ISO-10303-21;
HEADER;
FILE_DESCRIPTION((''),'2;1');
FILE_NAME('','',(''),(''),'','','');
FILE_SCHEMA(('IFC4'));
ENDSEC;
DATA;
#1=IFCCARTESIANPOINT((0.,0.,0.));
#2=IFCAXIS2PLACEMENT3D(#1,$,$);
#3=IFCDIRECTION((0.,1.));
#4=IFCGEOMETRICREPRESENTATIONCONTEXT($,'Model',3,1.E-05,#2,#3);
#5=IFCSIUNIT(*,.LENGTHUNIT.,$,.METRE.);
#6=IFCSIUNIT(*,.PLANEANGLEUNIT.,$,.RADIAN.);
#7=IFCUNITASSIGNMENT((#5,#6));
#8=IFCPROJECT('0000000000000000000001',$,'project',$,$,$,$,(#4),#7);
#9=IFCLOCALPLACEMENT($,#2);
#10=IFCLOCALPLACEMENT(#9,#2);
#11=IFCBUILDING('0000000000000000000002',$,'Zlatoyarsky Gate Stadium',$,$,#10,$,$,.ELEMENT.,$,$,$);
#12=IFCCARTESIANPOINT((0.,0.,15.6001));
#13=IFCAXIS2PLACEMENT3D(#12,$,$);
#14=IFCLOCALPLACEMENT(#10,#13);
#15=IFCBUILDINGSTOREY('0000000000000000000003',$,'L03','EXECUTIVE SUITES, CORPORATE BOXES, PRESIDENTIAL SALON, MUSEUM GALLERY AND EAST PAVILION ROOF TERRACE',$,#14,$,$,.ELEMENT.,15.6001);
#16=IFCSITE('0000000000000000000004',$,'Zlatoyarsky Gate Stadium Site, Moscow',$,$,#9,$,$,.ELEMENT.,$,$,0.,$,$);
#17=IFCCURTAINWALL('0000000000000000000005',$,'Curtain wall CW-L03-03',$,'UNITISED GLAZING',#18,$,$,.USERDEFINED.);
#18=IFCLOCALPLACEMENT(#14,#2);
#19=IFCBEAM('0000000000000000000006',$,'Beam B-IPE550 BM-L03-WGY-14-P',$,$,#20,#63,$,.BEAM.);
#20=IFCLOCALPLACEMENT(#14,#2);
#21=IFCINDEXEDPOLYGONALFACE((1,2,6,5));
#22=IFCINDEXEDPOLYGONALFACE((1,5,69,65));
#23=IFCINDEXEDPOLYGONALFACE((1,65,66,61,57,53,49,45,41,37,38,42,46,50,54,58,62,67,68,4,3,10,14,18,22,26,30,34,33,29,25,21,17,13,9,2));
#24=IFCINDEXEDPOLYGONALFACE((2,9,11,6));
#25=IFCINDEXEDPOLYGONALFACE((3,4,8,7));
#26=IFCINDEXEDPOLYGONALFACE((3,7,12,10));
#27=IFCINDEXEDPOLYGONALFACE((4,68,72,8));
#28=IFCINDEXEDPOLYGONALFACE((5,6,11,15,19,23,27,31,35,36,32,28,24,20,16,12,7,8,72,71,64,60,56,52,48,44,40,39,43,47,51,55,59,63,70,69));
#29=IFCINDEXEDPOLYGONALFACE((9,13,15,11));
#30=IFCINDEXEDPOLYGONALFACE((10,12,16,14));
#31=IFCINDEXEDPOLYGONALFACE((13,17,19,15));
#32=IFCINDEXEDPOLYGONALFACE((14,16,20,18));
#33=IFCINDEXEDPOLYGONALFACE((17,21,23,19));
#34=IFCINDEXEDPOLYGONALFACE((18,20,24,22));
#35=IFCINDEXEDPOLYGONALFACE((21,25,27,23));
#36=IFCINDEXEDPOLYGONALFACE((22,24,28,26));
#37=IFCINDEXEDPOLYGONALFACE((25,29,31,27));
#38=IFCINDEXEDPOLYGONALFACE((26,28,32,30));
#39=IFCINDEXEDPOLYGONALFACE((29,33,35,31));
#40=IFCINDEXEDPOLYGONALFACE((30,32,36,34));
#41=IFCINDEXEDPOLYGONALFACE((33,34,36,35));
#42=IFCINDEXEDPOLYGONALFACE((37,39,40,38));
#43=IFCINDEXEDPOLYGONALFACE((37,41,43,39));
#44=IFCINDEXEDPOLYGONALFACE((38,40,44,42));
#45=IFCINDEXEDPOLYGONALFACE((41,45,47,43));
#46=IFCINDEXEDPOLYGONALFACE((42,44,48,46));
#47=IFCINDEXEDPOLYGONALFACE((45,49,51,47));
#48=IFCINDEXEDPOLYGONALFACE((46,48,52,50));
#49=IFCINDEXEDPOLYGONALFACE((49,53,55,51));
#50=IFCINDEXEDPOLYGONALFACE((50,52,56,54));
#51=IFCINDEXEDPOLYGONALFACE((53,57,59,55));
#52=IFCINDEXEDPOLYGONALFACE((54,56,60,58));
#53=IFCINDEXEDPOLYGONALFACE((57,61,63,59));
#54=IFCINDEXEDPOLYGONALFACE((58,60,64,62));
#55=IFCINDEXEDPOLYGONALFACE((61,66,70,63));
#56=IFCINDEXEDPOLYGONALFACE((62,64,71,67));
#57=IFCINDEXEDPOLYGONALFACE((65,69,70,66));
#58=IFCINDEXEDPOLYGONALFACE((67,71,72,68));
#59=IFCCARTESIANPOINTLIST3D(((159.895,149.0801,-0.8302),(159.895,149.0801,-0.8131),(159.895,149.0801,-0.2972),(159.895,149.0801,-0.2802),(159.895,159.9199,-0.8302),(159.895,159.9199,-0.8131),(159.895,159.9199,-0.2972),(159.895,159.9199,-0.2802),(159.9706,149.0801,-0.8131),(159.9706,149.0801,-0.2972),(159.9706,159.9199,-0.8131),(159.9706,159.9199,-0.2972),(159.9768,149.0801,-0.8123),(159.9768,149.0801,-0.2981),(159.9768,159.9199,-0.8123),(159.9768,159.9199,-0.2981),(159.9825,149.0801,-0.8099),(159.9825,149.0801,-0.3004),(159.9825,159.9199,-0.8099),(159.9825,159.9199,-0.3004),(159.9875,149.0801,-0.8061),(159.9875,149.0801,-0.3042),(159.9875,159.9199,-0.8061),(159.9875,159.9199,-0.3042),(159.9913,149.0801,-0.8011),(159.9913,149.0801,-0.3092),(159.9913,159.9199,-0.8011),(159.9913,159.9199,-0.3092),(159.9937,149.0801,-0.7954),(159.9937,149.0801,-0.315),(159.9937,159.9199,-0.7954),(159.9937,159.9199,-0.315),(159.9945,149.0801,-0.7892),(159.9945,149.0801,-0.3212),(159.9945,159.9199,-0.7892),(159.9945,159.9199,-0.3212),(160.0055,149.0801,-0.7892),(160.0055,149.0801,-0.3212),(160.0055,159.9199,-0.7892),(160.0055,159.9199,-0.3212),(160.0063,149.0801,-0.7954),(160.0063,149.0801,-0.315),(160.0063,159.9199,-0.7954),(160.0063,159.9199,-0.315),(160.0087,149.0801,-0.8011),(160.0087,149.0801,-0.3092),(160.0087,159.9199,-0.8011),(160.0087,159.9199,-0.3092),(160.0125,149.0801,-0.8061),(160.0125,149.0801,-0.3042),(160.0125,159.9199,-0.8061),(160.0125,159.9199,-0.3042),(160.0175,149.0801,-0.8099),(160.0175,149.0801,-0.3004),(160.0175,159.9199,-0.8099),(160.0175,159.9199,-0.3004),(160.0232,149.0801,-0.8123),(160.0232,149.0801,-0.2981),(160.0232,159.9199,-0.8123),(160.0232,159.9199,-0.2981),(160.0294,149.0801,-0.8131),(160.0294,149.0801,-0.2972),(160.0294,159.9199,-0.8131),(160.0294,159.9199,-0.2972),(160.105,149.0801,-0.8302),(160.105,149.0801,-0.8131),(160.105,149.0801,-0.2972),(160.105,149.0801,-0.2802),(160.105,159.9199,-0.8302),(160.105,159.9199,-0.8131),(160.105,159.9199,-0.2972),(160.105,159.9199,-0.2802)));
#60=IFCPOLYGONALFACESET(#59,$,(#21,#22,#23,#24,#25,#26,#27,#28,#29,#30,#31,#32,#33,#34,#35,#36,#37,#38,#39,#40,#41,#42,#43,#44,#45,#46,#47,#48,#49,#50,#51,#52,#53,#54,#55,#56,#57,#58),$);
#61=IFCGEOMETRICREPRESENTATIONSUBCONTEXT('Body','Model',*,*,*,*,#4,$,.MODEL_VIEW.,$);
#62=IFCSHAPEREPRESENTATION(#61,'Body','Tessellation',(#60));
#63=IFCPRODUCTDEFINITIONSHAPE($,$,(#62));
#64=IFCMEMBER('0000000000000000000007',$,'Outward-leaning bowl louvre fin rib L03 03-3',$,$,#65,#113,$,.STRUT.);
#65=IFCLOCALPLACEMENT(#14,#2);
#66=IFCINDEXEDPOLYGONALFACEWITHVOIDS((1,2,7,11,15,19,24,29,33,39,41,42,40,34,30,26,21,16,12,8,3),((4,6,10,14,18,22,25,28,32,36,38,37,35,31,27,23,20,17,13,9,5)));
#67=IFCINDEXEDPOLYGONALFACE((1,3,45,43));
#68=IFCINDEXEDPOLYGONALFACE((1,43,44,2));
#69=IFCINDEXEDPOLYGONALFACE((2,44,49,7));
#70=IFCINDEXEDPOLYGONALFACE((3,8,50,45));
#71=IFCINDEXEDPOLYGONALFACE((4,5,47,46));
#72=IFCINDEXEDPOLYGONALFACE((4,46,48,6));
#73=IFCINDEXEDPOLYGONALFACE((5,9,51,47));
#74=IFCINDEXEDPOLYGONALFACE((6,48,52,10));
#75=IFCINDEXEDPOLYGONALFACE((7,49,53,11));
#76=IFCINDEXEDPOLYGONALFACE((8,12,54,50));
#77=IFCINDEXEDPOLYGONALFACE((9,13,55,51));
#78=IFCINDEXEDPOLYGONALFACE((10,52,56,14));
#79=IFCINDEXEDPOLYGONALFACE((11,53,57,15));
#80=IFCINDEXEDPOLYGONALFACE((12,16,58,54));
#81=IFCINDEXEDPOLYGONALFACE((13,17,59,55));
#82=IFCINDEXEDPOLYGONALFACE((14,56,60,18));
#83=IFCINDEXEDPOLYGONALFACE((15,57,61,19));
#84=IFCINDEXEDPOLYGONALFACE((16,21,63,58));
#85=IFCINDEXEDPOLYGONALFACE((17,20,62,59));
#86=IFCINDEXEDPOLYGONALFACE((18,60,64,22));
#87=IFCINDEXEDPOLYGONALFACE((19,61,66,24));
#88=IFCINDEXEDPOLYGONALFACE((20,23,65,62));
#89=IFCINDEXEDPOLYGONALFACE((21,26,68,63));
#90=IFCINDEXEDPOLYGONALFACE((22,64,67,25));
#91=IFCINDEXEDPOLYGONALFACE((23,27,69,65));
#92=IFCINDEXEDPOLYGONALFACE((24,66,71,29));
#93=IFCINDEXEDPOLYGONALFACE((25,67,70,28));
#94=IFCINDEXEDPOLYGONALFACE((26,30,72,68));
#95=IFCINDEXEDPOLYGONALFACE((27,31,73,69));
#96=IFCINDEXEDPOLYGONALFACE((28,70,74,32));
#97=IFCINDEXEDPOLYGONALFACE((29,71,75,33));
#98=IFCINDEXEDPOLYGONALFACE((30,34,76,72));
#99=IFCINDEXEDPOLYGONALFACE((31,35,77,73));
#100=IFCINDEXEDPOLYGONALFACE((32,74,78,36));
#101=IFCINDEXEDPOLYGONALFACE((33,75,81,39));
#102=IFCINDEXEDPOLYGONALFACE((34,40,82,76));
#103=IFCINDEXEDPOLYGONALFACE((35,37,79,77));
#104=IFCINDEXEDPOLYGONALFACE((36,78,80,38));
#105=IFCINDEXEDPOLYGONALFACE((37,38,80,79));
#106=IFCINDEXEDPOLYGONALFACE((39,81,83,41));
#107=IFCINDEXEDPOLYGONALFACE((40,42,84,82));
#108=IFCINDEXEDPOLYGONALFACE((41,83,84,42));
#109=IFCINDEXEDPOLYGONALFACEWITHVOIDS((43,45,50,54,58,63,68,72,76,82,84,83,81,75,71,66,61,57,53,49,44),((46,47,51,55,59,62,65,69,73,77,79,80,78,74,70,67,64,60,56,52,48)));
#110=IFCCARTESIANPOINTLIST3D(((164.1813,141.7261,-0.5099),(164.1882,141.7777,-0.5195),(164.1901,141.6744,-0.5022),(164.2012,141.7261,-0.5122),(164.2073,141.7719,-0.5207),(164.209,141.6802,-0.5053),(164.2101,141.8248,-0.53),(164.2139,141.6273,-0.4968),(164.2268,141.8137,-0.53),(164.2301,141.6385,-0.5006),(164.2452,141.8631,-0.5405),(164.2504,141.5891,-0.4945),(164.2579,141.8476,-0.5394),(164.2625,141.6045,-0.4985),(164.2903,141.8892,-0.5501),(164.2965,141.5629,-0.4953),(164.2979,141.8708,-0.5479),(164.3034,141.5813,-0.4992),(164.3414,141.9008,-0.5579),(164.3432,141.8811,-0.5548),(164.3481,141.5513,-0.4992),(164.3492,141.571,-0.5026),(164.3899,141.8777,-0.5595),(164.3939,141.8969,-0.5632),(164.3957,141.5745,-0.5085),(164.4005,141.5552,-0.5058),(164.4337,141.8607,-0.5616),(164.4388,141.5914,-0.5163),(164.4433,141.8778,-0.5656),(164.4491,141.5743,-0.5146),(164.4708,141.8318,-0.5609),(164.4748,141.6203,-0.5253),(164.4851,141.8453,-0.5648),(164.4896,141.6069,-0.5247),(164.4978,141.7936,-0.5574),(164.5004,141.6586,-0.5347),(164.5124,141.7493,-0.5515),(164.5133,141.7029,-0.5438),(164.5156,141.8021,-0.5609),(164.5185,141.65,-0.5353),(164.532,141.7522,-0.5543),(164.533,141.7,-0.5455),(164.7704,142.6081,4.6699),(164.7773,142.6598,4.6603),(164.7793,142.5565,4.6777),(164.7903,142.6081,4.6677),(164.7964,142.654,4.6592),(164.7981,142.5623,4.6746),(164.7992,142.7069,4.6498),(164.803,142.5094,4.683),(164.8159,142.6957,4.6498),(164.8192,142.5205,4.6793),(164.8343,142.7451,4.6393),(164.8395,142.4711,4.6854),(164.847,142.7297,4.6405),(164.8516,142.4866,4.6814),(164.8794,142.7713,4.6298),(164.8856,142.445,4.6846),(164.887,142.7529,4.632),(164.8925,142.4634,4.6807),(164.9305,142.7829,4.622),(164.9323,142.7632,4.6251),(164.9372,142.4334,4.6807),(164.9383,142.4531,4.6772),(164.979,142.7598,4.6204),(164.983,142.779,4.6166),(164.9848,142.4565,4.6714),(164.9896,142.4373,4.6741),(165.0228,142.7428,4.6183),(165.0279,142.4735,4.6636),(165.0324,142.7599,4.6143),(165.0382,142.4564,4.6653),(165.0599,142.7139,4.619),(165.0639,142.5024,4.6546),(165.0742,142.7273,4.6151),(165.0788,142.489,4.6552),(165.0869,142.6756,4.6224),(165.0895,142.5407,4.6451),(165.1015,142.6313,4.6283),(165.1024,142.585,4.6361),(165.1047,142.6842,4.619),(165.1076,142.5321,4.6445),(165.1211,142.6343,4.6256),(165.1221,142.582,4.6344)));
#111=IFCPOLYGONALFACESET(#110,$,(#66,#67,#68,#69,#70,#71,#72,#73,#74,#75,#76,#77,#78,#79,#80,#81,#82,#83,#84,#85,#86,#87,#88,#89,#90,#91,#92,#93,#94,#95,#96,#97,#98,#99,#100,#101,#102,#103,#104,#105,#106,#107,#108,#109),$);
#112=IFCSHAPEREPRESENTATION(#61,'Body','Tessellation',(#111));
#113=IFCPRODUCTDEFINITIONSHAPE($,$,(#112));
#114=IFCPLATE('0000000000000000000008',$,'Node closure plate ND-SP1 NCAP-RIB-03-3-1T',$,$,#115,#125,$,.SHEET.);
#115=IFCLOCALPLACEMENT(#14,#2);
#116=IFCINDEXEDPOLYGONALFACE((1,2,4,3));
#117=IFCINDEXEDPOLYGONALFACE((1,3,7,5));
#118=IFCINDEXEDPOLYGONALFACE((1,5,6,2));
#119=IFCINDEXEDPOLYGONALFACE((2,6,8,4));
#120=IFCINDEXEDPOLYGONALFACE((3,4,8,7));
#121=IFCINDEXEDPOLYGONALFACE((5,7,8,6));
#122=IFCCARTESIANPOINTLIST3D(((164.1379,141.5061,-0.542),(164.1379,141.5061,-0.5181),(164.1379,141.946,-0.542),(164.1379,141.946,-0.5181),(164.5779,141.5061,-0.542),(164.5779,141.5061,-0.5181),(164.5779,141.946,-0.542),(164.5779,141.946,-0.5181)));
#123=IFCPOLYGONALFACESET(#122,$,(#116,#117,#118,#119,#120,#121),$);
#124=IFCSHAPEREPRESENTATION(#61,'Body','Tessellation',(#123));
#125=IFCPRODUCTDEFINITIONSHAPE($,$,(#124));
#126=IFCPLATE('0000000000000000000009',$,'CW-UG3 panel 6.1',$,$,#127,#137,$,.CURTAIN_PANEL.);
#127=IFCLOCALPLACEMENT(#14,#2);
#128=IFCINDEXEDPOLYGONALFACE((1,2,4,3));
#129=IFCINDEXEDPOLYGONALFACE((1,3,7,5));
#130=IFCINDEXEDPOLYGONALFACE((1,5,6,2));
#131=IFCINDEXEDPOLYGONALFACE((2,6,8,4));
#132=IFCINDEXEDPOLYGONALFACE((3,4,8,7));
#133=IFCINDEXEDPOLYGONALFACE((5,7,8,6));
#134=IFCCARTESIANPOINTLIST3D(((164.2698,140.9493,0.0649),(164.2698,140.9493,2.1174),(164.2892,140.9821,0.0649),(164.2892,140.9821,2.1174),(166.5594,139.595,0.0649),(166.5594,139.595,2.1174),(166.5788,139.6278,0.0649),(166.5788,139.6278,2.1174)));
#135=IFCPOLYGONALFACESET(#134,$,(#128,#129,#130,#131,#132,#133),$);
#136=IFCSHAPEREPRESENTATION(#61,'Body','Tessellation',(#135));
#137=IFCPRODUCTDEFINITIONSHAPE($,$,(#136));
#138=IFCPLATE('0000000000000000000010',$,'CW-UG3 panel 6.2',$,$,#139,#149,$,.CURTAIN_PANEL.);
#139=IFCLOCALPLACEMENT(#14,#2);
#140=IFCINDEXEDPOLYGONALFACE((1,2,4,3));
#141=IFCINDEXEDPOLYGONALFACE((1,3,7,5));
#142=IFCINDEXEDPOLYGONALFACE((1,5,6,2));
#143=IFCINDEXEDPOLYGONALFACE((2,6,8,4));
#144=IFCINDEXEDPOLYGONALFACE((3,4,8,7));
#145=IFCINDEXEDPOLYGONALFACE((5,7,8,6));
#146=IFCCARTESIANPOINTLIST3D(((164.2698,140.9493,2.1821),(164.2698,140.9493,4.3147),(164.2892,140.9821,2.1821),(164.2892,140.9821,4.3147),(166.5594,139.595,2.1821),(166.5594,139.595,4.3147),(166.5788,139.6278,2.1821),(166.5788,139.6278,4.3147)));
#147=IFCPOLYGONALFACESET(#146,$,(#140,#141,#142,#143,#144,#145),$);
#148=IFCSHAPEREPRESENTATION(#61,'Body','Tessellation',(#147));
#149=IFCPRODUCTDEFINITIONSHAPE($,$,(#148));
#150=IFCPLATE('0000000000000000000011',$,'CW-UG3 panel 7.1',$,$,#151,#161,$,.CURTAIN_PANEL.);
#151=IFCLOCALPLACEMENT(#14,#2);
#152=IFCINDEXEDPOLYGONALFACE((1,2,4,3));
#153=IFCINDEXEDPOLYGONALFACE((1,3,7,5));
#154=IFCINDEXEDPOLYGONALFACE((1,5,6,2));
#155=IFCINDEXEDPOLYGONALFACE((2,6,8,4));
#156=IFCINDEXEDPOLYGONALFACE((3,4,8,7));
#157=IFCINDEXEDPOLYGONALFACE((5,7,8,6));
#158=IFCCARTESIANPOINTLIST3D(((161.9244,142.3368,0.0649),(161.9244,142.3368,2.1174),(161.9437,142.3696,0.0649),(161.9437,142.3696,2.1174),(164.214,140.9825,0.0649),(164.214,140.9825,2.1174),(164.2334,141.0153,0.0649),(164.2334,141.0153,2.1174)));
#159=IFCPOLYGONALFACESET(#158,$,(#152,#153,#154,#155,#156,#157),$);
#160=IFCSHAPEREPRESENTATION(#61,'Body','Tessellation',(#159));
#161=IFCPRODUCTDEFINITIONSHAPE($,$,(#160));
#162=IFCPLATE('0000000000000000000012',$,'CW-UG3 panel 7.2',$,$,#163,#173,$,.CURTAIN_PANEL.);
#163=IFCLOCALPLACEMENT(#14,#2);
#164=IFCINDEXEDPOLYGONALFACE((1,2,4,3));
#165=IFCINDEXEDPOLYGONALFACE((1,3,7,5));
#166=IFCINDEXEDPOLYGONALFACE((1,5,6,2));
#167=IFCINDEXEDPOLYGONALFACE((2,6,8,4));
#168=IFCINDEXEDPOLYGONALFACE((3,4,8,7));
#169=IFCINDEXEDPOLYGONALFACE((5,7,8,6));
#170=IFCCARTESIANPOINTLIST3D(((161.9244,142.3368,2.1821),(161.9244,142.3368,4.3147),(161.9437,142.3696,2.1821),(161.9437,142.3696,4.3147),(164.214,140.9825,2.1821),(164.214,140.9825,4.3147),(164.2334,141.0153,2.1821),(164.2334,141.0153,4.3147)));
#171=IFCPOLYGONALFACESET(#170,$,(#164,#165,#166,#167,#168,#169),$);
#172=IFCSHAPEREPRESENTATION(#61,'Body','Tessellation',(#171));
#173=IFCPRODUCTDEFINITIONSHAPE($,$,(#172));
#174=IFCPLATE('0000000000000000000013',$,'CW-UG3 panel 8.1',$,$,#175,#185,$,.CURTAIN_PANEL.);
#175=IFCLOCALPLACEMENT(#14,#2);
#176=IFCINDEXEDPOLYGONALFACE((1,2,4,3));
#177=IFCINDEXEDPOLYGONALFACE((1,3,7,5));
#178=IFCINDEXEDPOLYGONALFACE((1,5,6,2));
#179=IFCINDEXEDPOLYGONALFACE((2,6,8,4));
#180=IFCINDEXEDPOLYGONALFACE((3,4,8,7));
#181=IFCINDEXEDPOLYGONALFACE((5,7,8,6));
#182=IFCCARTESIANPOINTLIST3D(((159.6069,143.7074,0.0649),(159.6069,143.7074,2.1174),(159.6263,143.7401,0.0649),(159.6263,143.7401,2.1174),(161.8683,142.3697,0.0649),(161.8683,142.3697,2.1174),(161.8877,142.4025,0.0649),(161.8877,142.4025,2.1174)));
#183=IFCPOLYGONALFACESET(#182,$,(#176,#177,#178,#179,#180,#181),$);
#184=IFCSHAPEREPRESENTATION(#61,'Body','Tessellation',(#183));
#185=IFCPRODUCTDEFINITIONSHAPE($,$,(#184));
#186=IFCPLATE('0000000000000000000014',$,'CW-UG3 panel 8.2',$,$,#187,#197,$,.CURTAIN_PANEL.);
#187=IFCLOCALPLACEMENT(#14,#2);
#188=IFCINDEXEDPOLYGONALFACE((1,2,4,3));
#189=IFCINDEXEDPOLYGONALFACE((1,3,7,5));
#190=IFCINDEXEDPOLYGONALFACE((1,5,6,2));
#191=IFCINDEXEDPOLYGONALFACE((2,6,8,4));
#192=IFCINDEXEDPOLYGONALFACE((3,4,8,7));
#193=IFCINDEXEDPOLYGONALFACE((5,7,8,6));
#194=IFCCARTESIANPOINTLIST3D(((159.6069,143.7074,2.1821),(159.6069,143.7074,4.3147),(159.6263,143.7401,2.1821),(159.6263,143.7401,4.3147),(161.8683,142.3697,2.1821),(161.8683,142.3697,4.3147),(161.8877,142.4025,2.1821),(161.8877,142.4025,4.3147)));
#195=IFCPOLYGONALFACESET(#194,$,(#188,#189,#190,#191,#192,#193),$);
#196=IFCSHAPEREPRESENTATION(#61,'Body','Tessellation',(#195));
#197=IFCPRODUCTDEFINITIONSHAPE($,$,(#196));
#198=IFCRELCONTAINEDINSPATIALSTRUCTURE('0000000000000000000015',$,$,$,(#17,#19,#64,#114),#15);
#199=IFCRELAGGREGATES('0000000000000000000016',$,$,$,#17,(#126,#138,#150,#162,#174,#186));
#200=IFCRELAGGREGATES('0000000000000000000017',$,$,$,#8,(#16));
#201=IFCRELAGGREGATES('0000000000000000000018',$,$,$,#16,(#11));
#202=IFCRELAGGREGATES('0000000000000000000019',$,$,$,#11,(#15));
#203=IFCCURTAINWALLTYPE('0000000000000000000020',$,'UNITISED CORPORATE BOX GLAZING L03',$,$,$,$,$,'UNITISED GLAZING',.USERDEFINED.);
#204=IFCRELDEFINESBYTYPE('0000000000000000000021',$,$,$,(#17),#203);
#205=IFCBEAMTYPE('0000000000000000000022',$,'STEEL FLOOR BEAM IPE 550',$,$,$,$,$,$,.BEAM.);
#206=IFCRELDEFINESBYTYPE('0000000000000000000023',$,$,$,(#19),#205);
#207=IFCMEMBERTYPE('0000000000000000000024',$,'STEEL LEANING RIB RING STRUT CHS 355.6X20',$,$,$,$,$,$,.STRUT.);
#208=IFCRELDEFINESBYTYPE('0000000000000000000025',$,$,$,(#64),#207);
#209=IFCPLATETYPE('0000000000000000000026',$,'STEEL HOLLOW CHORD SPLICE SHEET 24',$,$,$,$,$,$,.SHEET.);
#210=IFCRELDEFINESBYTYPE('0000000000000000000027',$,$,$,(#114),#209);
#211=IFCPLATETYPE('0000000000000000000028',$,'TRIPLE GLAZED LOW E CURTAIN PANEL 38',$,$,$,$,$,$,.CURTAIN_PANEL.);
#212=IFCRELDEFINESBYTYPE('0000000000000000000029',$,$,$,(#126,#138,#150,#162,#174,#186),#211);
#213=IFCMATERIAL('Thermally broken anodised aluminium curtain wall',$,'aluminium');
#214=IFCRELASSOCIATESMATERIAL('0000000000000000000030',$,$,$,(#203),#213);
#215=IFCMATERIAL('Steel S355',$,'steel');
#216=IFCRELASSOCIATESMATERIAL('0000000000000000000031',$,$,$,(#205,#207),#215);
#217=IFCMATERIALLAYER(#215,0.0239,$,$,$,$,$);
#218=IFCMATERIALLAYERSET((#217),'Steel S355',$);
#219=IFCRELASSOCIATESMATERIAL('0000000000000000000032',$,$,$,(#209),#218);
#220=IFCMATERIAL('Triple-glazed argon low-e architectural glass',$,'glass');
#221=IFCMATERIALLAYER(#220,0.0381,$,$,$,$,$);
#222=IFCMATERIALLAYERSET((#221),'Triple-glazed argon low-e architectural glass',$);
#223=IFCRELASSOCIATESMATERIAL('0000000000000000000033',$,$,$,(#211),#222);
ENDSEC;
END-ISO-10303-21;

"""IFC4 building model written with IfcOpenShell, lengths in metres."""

from ifc_helpers import new_model, si_unit, direction, frame, origin, origin_2d, place, context, subcontext, project, spatial, rectangle, hollow_circle, i_section, extrude, material, layer, layer_set, material_profile, profile_set, type_object, element, aggregate, save


model = new_model("IFC4")

# Units and contexts
model_context = context("Model", 3, precision=1e-05, world=origin(), true_north=direction((0.0, 1.0)))
body_context = subcontext(model_context, "Body", "Model", "MODEL_VIEW")
ifc_project = project(units=[si_unit("LENGTHUNIT", "METRE"), si_unit("PLANEANGLEUNIT", "RADIAN")], contexts=[model_context])

# Site, building, storey
site_placement = place(None, origin())
site = spatial("IfcSite", under=ifc_project, at=site_placement, Name="Zlatoyarsky Gate Stadium Site, Moscow", CompositionType="ELEMENT", RefElevation=0.0)
building_placement = place(site_placement, origin())
building = spatial("IfcBuilding", under=site, at=building_placement, Name="Zlatoyarsky Gate Stadium", CompositionType="ELEMENT")
storey_placement = place(building_placement, frame((0.0, 0.0, 15.6001)))
storey = spatial("IfcBuildingStorey", under=building, at=storey_placement, Name="L03", Description="EXECUTIVE SUITES, CORPORATE BOXES, PRESIDENTIAL SALON, MUSEUM GALLERY AND EAST PAVILION ROOF TERRACE", CompositionType="ELEMENT", Elevation=15.6001)

# Shared definitions
ifc_material_1 = material(Name="Steel S355", Category="steel")

# Curtain wall
ifc_material_2 = material(Name="Thermally broken anodised aluminium curtain wall", Category="aluminium")
curtain_wall_type = type_object("IfcCurtainWallType", Name="UNITISED CORPORATE BOX GLAZING L03", ElementType="UNITISED GLAZING", PredefinedType="USERDEFINED", material=ifc_material_2)
curtain_wall_placement = place(storey_placement, origin())
curtain_wall = element("IfcCurtainWall", 1, at=curtain_wall_placement, inside=storey, type_object=curtain_wall_type, Name="Curtain wall CW-L03-03", ObjectType="UNITISED GLAZING", PredefinedType="USERDEFINED")

# Beam
ifc_material_profile_1 = material_profile(ifc_material_1, i_section(OverallWidth=0.21, OverallDepth=0.55, WebThickness=0.011, FlangeThickness=0.0171, FilletRadius=0.0239, at=origin_2d()), Name="IPE 550")
ifc_profile_set_1 = profile_set([ifc_material_profile_1], Name="Steel S355")
beam_type = type_object("IfcBeamType", Name="STEEL FLOOR BEAM IPE 550", PredefinedType="BEAM", material=ifc_profile_set_1)
beam_placement = place(storey_placement, frame((160.0, 149.0801, -0.5552), z_axis=(0.0, 1.0, 0.0), x_axis=(-1.0, 0.0, 0.0)))
element("IfcBeam", 2, at=beam_placement, inside=storey, type_object=beam_type, Name="Beam B-IPE550 BM-L03-WGY-14-P", PredefinedType="BEAM", context=body_context, shape_type="SweptSolid", body=[
    extrude(i_section(OverallWidth=0.21, OverallDepth=0.55, WebThickness=0.011, FlangeThickness=0.0171, FilletRadius=0.0239, at=origin_2d()), origin(), (0.0, 0.0, 1.0), 10.8398),
])

# Member
ifc_material_profile_2 = material_profile(ifc_material_1, hollow_circle(Radius=0.1777, WallThickness=0.02, at=origin_2d()), Name="CHS 355.6X20")
ifc_profile_set_2 = profile_set([ifc_material_profile_2], Name="Steel S355")
member_type_1 = type_object("IfcMemberType", Name="STEEL LEANING RIB RING STRUT CHS 355.6X20", PredefinedType="STRUT", material=ifc_profile_set_2)
member_1_placement = place(storey_placement, frame((164.3579, 141.7261, -0.53), z_axis=(0.111418, 0.166826, 0.979671), x_axis=(-0.83159, 0.555391, 0.0)))
element("IfcMember", 3, at=member_1_placement, inside=storey, type_object=member_type_1, Name="Outward-leaning bowl louvre fin rib L03 03-3", PredefinedType="STRUT", context=body_context, shape_type="SweptSolid", body=[
    extrude(hollow_circle(Radius=0.1777, WallThickness=0.02, at=origin_2d()), origin(), (0.0, 0.0, 1.0), 5.2874),
])

# Plates
ifc_layer_1 = layer(ifc_material_1, 0.0239)
ifc_layer_set_1 = layer_set([ifc_layer_1], Name="Steel S355")
plate_type_1 = type_object("IfcPlateType", Name="STEEL HOLLOW CHORD SPLICE SHEET 24", PredefinedType="SHEET", material=ifc_layer_set_1)
plate_1_placement = place(storey_placement, frame((164.3579, 141.7261, -0.542), z_axis=(0.0, 0.0, 1.0), x_axis=(1.0, 0.0, 0.0)))
element("IfcPlate", 4, at=plate_1_placement, inside=storey, type_object=plate_type_1, Name="Node closure plate ND-SP1 NCAP-RIB-03-3-1T", PredefinedType="SHEET", context=body_context, shape_type="SweptSolid", body=[
    extrude(rectangle(XDim=0.4399, YDim=0.4399, at=origin_2d()), origin(), (0.0, 0.0, 1.0), 0.0239),
])
ifc_material_3 = material(Name="Triple-glazed argon low-e architectural glass", Category="glass")
ifc_layer_2 = layer(ifc_material_3, 0.0381)
ifc_layer_set_2 = layer_set([ifc_layer_2], Name="Triple-glazed argon low-e architectural glass")
plate_type_2 = type_object("IfcPlateType", Name="TRIPLE GLAZED LOW E CURTAIN PANEL 38", PredefinedType="CURTAIN_PANEL", material=ifc_layer_set_2)
plate_2_placement = place(storey_placement, frame((165.4243, 140.2886, 0.0649), z_axis=(0.0, 0.0, 1.0), x_axis=(-0.860708, 0.509098, 0.0)))
plate_2 = element("IfcPlate", 5, at=plate_2_placement, type_object=plate_type_2, Name="CW-UG3 panel 6.1", PredefinedType="CURTAIN_PANEL", context=body_context, shape_type="SweptSolid", body=[
    extrude(rectangle(XDim=2.6602, YDim=0.0381, at=origin_2d()), origin(), (0.0, 0.0, 1.0), 2.0525),
])
plate_3_placement = place(storey_placement, frame((165.4243, 140.2886, 2.1821), z_axis=(0.0, 0.0, 1.0), x_axis=(-0.860708, 0.509098, 0.0)))
plate_3 = element("IfcPlate", 6, at=plate_3_placement, type_object=plate_type_2, Name="CW-UG3 panel 6.2", PredefinedType="CURTAIN_PANEL", context=body_context, shape_type="SweptSolid", body=[
    extrude(rectangle(XDim=2.6602, YDim=0.0381, at=origin_2d()), origin(), (0.0, 0.0, 1.0), 2.1326),
])
plate_4_placement = place(storey_placement, frame((163.0789, 141.676, 0.0649), z_axis=(0.0, 0.0, 1.0), x_axis=(-0.860708, 0.509098, 0.0)))
plate_4 = element("IfcPlate", 7, at=plate_4_placement, type_object=plate_type_2, Name="CW-UG3 panel 7.1", PredefinedType="CURTAIN_PANEL", context=body_context, shape_type="SweptSolid", body=[
    extrude(rectangle(XDim=2.6602, YDim=0.0381, at=origin_2d()), origin(), (0.0, 0.0, 1.0), 2.0525),
])
plate_5_placement = place(storey_placement, frame((163.0789, 141.676, 2.1821), z_axis=(0.0, 0.0, 1.0), x_axis=(-0.860708, 0.509098, 0.0)))
plate_5 = element("IfcPlate", 8, at=plate_5_placement, type_object=plate_type_2, Name="CW-UG3 panel 7.2", PredefinedType="CURTAIN_PANEL", context=body_context, shape_type="SweptSolid", body=[
    extrude(rectangle(XDim=2.6602, YDim=0.0381, at=origin_2d()), origin(), (0.0, 0.0, 1.0), 2.1326),
])
plate_6_placement = place(storey_placement, frame((160.7473, 143.0549, 0.0649), z_axis=(0.0, 0.0, 1.0), x_axis=(-0.860708, 0.509098, 0.0)))
plate_6 = element("IfcPlate", 9, at=plate_6_placement, type_object=plate_type_2, Name="CW-UG3 panel 8.1", PredefinedType="CURTAIN_PANEL", context=body_context, shape_type="SweptSolid", body=[
    extrude(rectangle(XDim=2.6274, YDim=0.0381, at=origin_2d()), origin(), (0.0, 0.0, 1.0), 2.0525),
])
plate_7_placement = place(storey_placement, frame((160.7473, 143.0549, 2.1821), z_axis=(0.0, 0.0, 1.0), x_axis=(-0.860708, 0.509098, 0.0)))
plate_7 = element("IfcPlate", 10, at=plate_7_placement, type_object=plate_type_2, Name="CW-UG3 panel 8.2", PredefinedType="CURTAIN_PANEL", context=body_context, shape_type="SweptSolid", body=[
    extrude(rectangle(XDim=2.6274, YDim=0.0381, at=origin_2d()), origin(), (0.0, 0.0, 1.0), 2.1326),
])
aggregate(curtain_wall, [plate_2, plate_3, plate_4, plate_5, plate_6, plate_7])

save(model, "model.ifc")
